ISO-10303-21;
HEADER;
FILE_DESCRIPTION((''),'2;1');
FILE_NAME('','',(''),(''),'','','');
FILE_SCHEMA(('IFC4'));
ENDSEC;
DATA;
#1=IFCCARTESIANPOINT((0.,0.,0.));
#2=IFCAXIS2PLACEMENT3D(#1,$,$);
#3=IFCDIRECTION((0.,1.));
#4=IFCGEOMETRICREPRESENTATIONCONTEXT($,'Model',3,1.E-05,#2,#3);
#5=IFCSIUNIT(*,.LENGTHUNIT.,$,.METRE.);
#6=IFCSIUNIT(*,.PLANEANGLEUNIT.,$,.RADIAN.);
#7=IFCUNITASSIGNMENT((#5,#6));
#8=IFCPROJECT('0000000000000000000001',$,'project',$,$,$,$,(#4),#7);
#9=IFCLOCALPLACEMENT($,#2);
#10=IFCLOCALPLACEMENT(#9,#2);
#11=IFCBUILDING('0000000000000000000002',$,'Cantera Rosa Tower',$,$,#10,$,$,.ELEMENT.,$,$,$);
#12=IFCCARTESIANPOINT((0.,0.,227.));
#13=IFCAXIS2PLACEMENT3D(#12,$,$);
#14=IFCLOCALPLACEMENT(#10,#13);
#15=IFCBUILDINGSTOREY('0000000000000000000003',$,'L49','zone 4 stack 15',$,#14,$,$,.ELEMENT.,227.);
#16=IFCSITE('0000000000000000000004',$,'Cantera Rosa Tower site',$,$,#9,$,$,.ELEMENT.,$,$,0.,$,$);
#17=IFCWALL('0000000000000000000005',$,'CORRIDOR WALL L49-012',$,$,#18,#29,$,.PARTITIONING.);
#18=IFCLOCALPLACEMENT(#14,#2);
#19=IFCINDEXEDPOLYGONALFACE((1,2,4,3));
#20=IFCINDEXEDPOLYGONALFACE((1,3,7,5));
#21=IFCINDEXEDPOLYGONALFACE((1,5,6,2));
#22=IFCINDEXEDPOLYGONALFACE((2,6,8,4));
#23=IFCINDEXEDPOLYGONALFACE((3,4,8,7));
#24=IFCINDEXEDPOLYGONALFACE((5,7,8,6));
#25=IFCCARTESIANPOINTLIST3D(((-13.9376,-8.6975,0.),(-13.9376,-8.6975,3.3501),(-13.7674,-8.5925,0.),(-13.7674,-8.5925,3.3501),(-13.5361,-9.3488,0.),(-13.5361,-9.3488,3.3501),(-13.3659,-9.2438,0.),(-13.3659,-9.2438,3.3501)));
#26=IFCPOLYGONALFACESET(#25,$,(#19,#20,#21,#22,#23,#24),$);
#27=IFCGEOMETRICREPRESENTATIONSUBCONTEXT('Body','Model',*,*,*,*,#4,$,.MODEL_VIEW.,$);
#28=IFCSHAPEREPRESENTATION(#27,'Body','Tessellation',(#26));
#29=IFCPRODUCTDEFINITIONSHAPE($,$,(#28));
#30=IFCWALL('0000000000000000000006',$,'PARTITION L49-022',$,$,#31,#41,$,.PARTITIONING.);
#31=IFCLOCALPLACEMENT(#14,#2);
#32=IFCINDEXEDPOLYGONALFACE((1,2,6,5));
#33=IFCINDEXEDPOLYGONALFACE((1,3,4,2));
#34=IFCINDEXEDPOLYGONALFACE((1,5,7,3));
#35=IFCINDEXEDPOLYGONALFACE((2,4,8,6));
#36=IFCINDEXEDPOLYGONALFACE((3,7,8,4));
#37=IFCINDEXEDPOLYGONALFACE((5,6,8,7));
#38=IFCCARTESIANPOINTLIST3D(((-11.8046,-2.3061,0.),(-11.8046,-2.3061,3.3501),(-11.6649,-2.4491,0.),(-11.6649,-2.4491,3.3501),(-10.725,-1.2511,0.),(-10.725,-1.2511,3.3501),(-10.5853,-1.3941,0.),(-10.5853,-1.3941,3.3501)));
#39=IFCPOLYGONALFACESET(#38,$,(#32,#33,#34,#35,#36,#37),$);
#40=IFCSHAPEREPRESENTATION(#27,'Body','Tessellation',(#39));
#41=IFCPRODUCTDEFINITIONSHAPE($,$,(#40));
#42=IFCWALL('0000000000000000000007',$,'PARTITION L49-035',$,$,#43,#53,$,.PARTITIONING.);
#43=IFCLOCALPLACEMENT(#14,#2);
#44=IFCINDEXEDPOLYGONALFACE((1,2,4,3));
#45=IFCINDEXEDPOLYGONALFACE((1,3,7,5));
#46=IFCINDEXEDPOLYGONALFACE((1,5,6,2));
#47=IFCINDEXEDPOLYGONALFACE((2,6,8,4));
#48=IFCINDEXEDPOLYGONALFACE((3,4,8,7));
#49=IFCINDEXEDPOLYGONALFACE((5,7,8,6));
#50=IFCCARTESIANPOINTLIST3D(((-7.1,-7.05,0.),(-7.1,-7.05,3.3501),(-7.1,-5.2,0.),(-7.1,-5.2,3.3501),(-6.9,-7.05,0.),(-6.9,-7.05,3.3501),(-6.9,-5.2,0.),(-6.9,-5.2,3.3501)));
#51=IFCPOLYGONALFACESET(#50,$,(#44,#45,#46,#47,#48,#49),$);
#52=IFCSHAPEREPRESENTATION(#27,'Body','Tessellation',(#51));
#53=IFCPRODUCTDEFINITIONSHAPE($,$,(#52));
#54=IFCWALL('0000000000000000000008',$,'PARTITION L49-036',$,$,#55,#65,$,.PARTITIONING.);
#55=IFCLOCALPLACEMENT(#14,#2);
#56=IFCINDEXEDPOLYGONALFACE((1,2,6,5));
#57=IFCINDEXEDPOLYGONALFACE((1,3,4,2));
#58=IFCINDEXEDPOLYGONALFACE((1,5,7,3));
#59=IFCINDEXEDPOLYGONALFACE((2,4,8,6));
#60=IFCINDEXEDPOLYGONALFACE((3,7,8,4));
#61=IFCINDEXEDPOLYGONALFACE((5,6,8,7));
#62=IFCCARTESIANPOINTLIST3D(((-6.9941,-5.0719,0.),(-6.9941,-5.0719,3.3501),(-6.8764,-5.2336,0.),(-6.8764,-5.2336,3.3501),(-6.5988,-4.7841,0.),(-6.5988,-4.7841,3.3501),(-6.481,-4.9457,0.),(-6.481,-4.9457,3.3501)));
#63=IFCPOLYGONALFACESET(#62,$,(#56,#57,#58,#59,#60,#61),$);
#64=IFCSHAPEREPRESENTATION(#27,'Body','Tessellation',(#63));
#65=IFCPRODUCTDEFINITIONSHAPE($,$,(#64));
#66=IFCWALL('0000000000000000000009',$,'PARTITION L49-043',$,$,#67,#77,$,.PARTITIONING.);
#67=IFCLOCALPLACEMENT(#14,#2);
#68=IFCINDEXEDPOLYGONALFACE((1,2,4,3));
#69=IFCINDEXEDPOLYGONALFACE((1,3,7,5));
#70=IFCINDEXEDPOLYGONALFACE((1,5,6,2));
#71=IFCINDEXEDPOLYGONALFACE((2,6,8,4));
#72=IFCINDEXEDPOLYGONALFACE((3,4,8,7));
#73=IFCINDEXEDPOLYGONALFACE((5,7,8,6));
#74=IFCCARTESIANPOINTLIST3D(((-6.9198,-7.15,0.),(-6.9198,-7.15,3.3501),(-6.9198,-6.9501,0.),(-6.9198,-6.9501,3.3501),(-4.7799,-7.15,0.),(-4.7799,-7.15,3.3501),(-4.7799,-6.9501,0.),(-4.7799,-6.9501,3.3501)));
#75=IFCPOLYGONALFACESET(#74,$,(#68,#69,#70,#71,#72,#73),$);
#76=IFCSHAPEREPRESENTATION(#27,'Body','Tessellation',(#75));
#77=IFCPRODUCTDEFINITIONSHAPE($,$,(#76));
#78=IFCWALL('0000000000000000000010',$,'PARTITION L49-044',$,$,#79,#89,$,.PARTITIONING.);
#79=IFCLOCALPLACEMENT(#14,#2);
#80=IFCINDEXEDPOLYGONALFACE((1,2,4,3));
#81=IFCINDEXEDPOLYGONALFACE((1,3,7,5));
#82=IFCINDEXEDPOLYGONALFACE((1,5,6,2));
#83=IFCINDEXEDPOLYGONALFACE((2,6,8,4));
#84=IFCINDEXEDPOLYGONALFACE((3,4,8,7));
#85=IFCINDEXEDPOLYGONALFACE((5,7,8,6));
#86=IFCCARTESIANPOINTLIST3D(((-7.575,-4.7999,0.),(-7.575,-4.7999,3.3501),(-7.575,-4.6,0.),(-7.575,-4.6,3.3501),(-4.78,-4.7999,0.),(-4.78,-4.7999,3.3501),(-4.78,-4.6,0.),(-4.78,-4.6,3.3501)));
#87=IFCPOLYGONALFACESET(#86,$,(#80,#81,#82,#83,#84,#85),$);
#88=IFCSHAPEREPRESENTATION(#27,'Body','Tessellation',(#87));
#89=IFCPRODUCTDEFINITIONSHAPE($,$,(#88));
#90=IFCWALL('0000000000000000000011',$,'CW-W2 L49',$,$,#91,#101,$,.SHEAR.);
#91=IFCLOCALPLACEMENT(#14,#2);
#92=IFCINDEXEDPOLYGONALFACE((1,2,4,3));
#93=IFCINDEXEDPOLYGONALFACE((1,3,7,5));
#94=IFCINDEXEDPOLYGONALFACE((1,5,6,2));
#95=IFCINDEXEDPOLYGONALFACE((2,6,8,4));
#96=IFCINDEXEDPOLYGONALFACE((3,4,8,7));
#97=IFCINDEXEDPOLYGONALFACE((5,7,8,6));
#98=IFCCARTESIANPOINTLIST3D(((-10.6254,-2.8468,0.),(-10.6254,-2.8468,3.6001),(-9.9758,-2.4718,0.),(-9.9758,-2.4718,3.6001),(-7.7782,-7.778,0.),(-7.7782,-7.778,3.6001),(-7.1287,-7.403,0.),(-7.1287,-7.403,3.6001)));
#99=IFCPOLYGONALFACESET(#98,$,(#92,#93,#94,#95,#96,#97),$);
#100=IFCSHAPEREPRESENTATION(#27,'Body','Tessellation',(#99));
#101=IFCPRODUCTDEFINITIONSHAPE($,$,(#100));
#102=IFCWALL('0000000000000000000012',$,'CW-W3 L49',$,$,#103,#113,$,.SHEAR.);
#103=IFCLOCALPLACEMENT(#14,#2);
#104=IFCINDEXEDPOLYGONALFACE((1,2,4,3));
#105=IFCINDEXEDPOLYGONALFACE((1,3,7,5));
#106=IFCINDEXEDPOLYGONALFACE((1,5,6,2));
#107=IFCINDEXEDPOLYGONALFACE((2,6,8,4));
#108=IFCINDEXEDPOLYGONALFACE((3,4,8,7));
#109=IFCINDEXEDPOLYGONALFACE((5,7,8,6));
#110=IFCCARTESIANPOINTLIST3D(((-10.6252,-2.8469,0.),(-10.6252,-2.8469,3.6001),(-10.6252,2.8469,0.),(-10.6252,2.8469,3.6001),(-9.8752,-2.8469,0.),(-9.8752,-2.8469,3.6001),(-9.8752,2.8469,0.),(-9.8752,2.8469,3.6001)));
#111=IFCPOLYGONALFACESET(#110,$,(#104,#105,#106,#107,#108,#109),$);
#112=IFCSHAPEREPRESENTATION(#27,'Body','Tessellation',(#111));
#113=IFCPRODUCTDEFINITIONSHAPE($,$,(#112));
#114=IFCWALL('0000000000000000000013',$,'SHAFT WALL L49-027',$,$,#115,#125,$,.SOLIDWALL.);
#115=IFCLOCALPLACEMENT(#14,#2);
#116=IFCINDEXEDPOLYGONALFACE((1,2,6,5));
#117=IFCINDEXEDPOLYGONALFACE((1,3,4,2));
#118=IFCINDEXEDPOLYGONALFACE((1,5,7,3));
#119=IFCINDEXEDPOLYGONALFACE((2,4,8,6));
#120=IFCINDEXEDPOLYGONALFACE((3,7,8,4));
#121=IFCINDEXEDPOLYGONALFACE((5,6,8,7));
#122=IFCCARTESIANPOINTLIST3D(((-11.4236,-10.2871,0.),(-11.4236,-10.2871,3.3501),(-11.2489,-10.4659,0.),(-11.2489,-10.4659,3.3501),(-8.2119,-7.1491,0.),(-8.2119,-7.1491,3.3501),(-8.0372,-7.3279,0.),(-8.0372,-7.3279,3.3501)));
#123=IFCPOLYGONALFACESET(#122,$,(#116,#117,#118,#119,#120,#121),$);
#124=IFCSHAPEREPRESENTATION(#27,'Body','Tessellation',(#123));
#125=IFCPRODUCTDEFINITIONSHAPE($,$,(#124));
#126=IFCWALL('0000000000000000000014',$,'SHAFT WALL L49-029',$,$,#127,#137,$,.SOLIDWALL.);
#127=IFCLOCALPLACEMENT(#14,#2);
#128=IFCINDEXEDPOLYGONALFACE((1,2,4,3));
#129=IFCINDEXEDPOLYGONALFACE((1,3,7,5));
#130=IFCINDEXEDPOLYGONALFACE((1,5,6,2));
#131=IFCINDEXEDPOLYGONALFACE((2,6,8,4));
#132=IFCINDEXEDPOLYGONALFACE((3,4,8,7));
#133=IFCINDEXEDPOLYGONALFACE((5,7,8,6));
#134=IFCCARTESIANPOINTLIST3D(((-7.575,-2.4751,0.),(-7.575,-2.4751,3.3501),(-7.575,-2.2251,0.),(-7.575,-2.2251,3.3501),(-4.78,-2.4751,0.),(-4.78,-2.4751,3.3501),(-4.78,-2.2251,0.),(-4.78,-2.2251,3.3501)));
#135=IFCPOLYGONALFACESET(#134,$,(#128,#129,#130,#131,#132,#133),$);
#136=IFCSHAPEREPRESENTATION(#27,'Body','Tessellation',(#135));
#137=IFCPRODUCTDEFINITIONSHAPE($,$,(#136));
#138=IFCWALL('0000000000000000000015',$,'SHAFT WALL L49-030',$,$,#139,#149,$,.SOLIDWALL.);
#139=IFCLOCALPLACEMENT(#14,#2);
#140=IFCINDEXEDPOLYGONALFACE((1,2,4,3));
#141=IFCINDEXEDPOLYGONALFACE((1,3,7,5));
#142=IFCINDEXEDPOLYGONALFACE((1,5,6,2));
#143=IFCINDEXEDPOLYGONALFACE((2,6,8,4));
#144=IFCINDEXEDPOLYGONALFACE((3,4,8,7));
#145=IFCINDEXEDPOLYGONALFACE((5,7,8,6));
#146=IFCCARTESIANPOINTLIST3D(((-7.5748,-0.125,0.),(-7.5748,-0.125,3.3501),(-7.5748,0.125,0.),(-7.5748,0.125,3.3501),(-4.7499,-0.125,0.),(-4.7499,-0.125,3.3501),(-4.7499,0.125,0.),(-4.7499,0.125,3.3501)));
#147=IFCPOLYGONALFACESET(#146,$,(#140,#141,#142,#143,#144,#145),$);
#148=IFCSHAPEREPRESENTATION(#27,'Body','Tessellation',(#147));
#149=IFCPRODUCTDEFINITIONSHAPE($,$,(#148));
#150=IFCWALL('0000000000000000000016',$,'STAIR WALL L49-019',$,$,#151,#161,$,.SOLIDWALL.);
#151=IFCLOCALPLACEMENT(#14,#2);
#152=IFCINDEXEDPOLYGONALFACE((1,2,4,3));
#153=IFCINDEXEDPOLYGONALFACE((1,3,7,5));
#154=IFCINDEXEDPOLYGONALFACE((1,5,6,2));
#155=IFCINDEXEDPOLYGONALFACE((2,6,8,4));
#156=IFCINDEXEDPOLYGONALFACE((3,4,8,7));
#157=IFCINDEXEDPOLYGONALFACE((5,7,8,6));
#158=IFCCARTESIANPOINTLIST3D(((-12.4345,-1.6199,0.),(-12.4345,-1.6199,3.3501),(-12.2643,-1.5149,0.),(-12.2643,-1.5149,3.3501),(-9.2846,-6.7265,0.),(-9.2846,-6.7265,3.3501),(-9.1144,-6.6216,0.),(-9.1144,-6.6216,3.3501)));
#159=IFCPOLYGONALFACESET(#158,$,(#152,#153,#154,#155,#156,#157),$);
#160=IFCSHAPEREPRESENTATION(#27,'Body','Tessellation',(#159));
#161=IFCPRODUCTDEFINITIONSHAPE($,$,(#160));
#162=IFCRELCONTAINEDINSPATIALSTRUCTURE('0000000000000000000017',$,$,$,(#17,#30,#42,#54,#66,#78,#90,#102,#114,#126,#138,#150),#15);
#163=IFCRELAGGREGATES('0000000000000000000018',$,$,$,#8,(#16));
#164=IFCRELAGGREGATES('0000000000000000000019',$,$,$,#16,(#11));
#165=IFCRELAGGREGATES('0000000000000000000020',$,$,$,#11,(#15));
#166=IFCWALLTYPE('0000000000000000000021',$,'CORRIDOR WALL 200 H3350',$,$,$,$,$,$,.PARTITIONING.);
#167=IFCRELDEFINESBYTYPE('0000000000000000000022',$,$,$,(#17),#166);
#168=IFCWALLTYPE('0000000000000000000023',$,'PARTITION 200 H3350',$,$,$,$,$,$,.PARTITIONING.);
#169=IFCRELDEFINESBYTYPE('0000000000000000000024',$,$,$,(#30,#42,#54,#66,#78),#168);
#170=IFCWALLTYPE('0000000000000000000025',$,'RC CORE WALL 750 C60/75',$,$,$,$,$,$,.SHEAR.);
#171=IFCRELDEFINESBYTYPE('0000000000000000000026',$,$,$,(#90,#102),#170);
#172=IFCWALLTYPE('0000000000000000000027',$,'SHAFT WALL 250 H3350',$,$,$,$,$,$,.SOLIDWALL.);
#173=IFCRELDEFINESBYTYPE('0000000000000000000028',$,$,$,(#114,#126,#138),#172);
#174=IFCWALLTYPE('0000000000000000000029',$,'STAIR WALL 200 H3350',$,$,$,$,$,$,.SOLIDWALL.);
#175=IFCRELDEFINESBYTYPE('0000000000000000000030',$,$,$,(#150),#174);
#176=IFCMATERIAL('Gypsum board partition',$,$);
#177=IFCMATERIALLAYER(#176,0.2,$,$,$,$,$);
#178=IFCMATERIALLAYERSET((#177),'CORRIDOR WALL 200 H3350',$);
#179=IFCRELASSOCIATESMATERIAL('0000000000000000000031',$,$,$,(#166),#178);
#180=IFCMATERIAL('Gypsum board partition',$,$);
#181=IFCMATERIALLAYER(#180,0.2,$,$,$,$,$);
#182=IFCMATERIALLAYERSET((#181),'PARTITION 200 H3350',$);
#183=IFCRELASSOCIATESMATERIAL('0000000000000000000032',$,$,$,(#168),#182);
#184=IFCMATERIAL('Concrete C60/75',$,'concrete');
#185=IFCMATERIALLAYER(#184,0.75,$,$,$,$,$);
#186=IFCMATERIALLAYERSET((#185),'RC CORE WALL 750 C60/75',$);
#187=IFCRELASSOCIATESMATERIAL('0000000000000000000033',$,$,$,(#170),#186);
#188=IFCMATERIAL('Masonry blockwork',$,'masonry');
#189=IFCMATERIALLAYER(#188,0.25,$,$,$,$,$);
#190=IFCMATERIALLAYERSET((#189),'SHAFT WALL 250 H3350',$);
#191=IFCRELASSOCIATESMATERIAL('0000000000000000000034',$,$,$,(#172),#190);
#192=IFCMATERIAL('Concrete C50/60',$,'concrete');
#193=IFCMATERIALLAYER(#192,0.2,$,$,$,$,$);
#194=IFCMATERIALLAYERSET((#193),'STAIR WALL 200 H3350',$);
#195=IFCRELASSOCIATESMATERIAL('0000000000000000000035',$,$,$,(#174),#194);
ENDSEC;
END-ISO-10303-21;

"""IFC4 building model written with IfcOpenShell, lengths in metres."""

from ifc_helpers import new_model, si_unit, direction, frame, frame_2d, origin, place, context, subcontext, project, spatial, rectangle, extrude, material, layer, layer_set, type_object, element, save


model = new_model("IFC4")

# Units and contexts
model_context = context("Model", 3, precision=1e-05, world=origin(), true_north=direction((0.0, 1.0)))
body_context = subcontext(model_context, "Body", "Model", "MODEL_VIEW")
ifc_project = project(units=[si_unit("LENGTHUNIT", "METRE"), si_unit("PLANEANGLEUNIT", "RADIAN")], contexts=[model_context])

# Site, building, storey
site_placement = place(None, origin())
site = spatial("IfcSite", under=ifc_project, at=site_placement, Name="Cantera Rosa Tower site", CompositionType="ELEMENT", RefElevation=0.0)
building_placement = place(site_placement, origin())
building = spatial("IfcBuilding", under=site, at=building_placement, Name="Cantera Rosa Tower", CompositionType="ELEMENT")
storey_placement = place(building_placement, frame((0.0, 0.0, 227.0)))
storey = spatial("IfcBuildingStorey", under=building, at=storey_placement, Name="L49", Description="zone 4 stack 15", CompositionType="ELEMENT", Elevation=227.0)

# Walls
ifc_material_1 = material(Name="Gypsum board partition")
ifc_layer_1 = layer(ifc_material_1, 0.2)
ifc_layer_set_1 = layer_set([ifc_layer_1], Name="CORRIDOR WALL 200 H3350")
wall_type_1 = type_object("IfcWallType", Name="CORRIDOR WALL 200 H3350", PredefinedType="PARTITIONING", material=ifc_layer_set_1)
wall_1_placement = place(storey_placement, frame((-13.8525, -8.645, 0.0), z_axis=(0.0, 0.0, 1.0), x_axis=(0.524827, -0.851209, 0.0)))
element("IfcWall", 1, at=wall_1_placement, inside=storey, type_object=wall_type_1, Name="CORRIDOR WALL L49-012", PredefinedType="PARTITIONING", context=body_context, shape_type="SweptSolid", body=[
    extrude(rectangle(XDim=0.7651, YDim=0.2, at=frame_2d((0.3826, 0.0))), origin(), (0.0, 0.0, 1.0), 3.3501),
])
ifc_material_2 = material(Name="Gypsum board partition")
ifc_layer_2 = layer(ifc_material_2, 0.2)
ifc_layer_set_2 = layer_set([ifc_layer_2], Name="PARTITION 200 H3350")
wall_type_2 = type_object("IfcWallType", Name="PARTITION 200 H3350", PredefinedType="PARTITIONING", material=ifc_layer_set_2)
wall_2_placement = place(storey_placement, frame((-11.7349, -2.3777, 0.0), z_axis=(0.0, 0.0, 1.0), x_axis=(0.715228, 0.698892, 0.0)))
element("IfcWall", 2, at=wall_2_placement, inside=storey, type_object=wall_type_2, Name="PARTITION L49-022", PredefinedType="PARTITIONING", context=body_context, shape_type="SweptSolid", body=[
    extrude(rectangle(XDim=1.5095, YDim=0.2, at=frame_2d((0.7549, 0.0))), origin(), (0.0, 0.0, 1.0), 3.3501),
])
wall_3_placement = place(storey_placement, frame((-7.0, -7.05, 0.0), z_axis=(0.0, 0.0, 1.0), x_axis=(0.0, 1.0, 0.0)))
element("IfcWall", 3, at=wall_3_placement, inside=storey, type_object=wall_type_2, Name="PARTITION L49-035", PredefinedType="PARTITIONING", context=body_context, shape_type="SweptSolid", body=[
    extrude(rectangle(XDim=1.8501, YDim=0.2, at=frame_2d((0.925, 0.0))), origin(), (0.0, 0.0, 1.0), 3.3501),
])
wall_4_placement = place(storey_placement, frame((-6.9353, -5.1528, 0.0), z_axis=(0.0, 0.0, 1.0), x_axis=(0.808369, 0.588676, 0.0)))
element("IfcWall", 4, at=wall_4_placement, inside=storey, type_object=wall_type_2, Name="PARTITION L49-036", PredefinedType="PARTITIONING", context=body_context, shape_type="SweptSolid", body=[
    extrude(rectangle(XDim=0.489, YDim=0.2, at=frame_2d((0.2446, 0.0))), origin(), (0.0, 0.0, 1.0), 3.3501),
])
wall_5_placement = place(storey_placement, frame((-4.78, -7.05, 0.0), z_axis=(0.0, 0.0, 1.0), x_axis=(-1.0, 0.0, 0.0)))
element("IfcWall", 5, at=wall_5_placement, inside=storey, type_object=wall_type_2, Name="PARTITION L49-043", PredefinedType="PARTITIONING", context=body_context, shape_type="SweptSolid", body=[
    extrude(rectangle(XDim=2.1399, YDim=0.2, at=frame_2d((1.0698, 0.0))), origin(), (0.0, 0.0, 1.0), 3.3501),
])
wall_6_placement = place(storey_placement, frame((-4.78, -4.7, 0.0), z_axis=(0.0, 0.0, 1.0), x_axis=(-1.0, 0.0, 0.0)))
element("IfcWall", 6, at=wall_6_placement, inside=storey, type_object=wall_type_2, Name="PARTITION L49-044", PredefinedType="PARTITIONING", context=body_context, shape_type="SweptSolid", body=[
    extrude(rectangle(XDim=2.7949, YDim=0.2, at=frame_2d((1.3975, 0.0))), origin(), (0.0, 0.0, 1.0), 3.3501),
])
ifc_material_3 = material(Name="Concrete C60/75", Category="concrete")
ifc_layer_3 = layer(ifc_material_3, 0.75)
ifc_layer_set_3 = layer_set([ifc_layer_3], Name="RC CORE WALL 750 C60/75")
wall_type_3 = type_object("IfcWallType", Name="RC CORE WALL 750 C60/75", PredefinedType="SHEAR", material=ifc_layer_set_3)
wall_7_placement = place(storey_placement, frame((-7.4534, -7.5906, 0.0), z_axis=(0.0, 0.0, 1.0), x_axis=(-0.500022, 0.866013, 0.0)))
element("IfcWall", 7, at=wall_7_placement, inside=storey, type_object=wall_type_3, Name="CW-W2 L49", PredefinedType="SHEAR", context=body_context, shape_type="SweptSolid", body=[
    extrude(rectangle(XDim=5.6941, YDim=0.75, at=frame_2d((2.8472, 0.0))), origin(), (0.0, 0.0, 1.0), 3.6001),
])
wall_8_placement = place(storey_placement, frame((-10.2502, -2.8469, 0.0), z_axis=(0.0, 0.0, 1.0), x_axis=(0.0, 1.0, 0.0)))
element("IfcWall", 8, at=wall_8_placement, inside=storey, type_object=wall_type_3, Name="CW-W3 L49", PredefinedType="SHEAR", context=body_context, shape_type="SweptSolid", body=[
    extrude(rectangle(XDim=5.6938, YDim=0.75, at=frame_2d((2.8469, 0.0))), origin(), (0.0, 0.0, 1.0), 3.6001),
])
ifc_material_4 = material(Name="Masonry blockwork", Category="masonry")
ifc_layer_4 = layer(ifc_material_4, 0.25)
ifc_layer_set_4 = layer_set([ifc_layer_4], Name="SHAFT WALL 250 H3350")
wall_type_4 = type_object("IfcWallType", Name="SHAFT WALL 250 H3350", PredefinedType="SOLIDWALL", material=ifc_layer_set_4)
wall_9_placement = place(storey_placement, frame((-8.1245, -7.2385, 0.0), z_axis=(0.0, 0.0, 1.0), x_axis=(-0.715269, -0.698849, 0.0)))
element("IfcWall", 9, at=wall_9_placement, inside=storey, type_object=wall_type_4, Name="SHAFT WALL L49-027", PredefinedType="SOLIDWALL", context=body_context, shape_type="SweptSolid", body=[
    extrude(rectangle(XDim=4.4902, YDim=0.25, at=frame_2d((2.2451, 0.0))), origin(), (0.0, 0.0, 1.0), 3.3501),
])
wall_10_placement = place(storey_placement, frame((-7.575, -2.3501, 0.0), z_axis=(0.0, 0.0, 1.0), x_axis=(1.0, 0.0, 0.0)))
element("IfcWall", 10, at=wall_10_placement, inside=storey, type_object=wall_type_4, Name="SHAFT WALL L49-029", PredefinedType="SOLIDWALL", context=body_context, shape_type="SweptSolid", body=[
    extrude(rectangle(XDim=2.7949, YDim=0.25, at=frame_2d((1.3975, 0.0))), origin(), (0.0, 0.0, 1.0), 3.3501),
])
wall_11_placement = place(storey_placement, frame((-7.575, 0.0, 0.0), z_axis=(0.0, 0.0, 1.0), x_axis=(1.0, 0.0, 0.0)))
element("IfcWall", 11, at=wall_11_placement, inside=storey, type_object=wall_type_4, Name="SHAFT WALL L49-030", PredefinedType="SOLIDWALL", context=body_context, shape_type="SweptSolid", body=[
    extrude(rectangle(XDim=2.825, YDim=0.25, at=frame_2d((1.4126, 0.0))), origin(), (0.0, 0.0, 1.0), 3.3501),
])
ifc_material_5 = material(Name="Concrete C50/60", Category="concrete")
ifc_layer_5 = layer(ifc_material_5, 0.2)
ifc_layer_set_5 = layer_set([ifc_layer_5], Name="STAIR WALL 200 H3350")
wall_type_5 = type_object("IfcWallType", Name="STAIR WALL 200 H3350", PredefinedType="SOLIDWALL", material=ifc_layer_set_5)
wall_12_placement = place(storey_placement, frame((-12.3494, -1.5674, 0.0), z_axis=(0.0, 0.0, 1.0), x_axis=(0.524983, -0.851113, 0.0)))
element("IfcWall", 12, at=wall_12_placement, inside=storey, type_object=wall_type_5, Name="STAIR WALL L49-019", PredefinedType="SOLIDWALL", context=body_context, shape_type="SweptSolid", body=[
    extrude(rectangle(XDim=6.0, YDim=0.2, at=frame_2d((3.0, 0.0))), origin(), (0.0, 0.0, 1.0), 3.3501),
])

save(model, "model.ifc")
